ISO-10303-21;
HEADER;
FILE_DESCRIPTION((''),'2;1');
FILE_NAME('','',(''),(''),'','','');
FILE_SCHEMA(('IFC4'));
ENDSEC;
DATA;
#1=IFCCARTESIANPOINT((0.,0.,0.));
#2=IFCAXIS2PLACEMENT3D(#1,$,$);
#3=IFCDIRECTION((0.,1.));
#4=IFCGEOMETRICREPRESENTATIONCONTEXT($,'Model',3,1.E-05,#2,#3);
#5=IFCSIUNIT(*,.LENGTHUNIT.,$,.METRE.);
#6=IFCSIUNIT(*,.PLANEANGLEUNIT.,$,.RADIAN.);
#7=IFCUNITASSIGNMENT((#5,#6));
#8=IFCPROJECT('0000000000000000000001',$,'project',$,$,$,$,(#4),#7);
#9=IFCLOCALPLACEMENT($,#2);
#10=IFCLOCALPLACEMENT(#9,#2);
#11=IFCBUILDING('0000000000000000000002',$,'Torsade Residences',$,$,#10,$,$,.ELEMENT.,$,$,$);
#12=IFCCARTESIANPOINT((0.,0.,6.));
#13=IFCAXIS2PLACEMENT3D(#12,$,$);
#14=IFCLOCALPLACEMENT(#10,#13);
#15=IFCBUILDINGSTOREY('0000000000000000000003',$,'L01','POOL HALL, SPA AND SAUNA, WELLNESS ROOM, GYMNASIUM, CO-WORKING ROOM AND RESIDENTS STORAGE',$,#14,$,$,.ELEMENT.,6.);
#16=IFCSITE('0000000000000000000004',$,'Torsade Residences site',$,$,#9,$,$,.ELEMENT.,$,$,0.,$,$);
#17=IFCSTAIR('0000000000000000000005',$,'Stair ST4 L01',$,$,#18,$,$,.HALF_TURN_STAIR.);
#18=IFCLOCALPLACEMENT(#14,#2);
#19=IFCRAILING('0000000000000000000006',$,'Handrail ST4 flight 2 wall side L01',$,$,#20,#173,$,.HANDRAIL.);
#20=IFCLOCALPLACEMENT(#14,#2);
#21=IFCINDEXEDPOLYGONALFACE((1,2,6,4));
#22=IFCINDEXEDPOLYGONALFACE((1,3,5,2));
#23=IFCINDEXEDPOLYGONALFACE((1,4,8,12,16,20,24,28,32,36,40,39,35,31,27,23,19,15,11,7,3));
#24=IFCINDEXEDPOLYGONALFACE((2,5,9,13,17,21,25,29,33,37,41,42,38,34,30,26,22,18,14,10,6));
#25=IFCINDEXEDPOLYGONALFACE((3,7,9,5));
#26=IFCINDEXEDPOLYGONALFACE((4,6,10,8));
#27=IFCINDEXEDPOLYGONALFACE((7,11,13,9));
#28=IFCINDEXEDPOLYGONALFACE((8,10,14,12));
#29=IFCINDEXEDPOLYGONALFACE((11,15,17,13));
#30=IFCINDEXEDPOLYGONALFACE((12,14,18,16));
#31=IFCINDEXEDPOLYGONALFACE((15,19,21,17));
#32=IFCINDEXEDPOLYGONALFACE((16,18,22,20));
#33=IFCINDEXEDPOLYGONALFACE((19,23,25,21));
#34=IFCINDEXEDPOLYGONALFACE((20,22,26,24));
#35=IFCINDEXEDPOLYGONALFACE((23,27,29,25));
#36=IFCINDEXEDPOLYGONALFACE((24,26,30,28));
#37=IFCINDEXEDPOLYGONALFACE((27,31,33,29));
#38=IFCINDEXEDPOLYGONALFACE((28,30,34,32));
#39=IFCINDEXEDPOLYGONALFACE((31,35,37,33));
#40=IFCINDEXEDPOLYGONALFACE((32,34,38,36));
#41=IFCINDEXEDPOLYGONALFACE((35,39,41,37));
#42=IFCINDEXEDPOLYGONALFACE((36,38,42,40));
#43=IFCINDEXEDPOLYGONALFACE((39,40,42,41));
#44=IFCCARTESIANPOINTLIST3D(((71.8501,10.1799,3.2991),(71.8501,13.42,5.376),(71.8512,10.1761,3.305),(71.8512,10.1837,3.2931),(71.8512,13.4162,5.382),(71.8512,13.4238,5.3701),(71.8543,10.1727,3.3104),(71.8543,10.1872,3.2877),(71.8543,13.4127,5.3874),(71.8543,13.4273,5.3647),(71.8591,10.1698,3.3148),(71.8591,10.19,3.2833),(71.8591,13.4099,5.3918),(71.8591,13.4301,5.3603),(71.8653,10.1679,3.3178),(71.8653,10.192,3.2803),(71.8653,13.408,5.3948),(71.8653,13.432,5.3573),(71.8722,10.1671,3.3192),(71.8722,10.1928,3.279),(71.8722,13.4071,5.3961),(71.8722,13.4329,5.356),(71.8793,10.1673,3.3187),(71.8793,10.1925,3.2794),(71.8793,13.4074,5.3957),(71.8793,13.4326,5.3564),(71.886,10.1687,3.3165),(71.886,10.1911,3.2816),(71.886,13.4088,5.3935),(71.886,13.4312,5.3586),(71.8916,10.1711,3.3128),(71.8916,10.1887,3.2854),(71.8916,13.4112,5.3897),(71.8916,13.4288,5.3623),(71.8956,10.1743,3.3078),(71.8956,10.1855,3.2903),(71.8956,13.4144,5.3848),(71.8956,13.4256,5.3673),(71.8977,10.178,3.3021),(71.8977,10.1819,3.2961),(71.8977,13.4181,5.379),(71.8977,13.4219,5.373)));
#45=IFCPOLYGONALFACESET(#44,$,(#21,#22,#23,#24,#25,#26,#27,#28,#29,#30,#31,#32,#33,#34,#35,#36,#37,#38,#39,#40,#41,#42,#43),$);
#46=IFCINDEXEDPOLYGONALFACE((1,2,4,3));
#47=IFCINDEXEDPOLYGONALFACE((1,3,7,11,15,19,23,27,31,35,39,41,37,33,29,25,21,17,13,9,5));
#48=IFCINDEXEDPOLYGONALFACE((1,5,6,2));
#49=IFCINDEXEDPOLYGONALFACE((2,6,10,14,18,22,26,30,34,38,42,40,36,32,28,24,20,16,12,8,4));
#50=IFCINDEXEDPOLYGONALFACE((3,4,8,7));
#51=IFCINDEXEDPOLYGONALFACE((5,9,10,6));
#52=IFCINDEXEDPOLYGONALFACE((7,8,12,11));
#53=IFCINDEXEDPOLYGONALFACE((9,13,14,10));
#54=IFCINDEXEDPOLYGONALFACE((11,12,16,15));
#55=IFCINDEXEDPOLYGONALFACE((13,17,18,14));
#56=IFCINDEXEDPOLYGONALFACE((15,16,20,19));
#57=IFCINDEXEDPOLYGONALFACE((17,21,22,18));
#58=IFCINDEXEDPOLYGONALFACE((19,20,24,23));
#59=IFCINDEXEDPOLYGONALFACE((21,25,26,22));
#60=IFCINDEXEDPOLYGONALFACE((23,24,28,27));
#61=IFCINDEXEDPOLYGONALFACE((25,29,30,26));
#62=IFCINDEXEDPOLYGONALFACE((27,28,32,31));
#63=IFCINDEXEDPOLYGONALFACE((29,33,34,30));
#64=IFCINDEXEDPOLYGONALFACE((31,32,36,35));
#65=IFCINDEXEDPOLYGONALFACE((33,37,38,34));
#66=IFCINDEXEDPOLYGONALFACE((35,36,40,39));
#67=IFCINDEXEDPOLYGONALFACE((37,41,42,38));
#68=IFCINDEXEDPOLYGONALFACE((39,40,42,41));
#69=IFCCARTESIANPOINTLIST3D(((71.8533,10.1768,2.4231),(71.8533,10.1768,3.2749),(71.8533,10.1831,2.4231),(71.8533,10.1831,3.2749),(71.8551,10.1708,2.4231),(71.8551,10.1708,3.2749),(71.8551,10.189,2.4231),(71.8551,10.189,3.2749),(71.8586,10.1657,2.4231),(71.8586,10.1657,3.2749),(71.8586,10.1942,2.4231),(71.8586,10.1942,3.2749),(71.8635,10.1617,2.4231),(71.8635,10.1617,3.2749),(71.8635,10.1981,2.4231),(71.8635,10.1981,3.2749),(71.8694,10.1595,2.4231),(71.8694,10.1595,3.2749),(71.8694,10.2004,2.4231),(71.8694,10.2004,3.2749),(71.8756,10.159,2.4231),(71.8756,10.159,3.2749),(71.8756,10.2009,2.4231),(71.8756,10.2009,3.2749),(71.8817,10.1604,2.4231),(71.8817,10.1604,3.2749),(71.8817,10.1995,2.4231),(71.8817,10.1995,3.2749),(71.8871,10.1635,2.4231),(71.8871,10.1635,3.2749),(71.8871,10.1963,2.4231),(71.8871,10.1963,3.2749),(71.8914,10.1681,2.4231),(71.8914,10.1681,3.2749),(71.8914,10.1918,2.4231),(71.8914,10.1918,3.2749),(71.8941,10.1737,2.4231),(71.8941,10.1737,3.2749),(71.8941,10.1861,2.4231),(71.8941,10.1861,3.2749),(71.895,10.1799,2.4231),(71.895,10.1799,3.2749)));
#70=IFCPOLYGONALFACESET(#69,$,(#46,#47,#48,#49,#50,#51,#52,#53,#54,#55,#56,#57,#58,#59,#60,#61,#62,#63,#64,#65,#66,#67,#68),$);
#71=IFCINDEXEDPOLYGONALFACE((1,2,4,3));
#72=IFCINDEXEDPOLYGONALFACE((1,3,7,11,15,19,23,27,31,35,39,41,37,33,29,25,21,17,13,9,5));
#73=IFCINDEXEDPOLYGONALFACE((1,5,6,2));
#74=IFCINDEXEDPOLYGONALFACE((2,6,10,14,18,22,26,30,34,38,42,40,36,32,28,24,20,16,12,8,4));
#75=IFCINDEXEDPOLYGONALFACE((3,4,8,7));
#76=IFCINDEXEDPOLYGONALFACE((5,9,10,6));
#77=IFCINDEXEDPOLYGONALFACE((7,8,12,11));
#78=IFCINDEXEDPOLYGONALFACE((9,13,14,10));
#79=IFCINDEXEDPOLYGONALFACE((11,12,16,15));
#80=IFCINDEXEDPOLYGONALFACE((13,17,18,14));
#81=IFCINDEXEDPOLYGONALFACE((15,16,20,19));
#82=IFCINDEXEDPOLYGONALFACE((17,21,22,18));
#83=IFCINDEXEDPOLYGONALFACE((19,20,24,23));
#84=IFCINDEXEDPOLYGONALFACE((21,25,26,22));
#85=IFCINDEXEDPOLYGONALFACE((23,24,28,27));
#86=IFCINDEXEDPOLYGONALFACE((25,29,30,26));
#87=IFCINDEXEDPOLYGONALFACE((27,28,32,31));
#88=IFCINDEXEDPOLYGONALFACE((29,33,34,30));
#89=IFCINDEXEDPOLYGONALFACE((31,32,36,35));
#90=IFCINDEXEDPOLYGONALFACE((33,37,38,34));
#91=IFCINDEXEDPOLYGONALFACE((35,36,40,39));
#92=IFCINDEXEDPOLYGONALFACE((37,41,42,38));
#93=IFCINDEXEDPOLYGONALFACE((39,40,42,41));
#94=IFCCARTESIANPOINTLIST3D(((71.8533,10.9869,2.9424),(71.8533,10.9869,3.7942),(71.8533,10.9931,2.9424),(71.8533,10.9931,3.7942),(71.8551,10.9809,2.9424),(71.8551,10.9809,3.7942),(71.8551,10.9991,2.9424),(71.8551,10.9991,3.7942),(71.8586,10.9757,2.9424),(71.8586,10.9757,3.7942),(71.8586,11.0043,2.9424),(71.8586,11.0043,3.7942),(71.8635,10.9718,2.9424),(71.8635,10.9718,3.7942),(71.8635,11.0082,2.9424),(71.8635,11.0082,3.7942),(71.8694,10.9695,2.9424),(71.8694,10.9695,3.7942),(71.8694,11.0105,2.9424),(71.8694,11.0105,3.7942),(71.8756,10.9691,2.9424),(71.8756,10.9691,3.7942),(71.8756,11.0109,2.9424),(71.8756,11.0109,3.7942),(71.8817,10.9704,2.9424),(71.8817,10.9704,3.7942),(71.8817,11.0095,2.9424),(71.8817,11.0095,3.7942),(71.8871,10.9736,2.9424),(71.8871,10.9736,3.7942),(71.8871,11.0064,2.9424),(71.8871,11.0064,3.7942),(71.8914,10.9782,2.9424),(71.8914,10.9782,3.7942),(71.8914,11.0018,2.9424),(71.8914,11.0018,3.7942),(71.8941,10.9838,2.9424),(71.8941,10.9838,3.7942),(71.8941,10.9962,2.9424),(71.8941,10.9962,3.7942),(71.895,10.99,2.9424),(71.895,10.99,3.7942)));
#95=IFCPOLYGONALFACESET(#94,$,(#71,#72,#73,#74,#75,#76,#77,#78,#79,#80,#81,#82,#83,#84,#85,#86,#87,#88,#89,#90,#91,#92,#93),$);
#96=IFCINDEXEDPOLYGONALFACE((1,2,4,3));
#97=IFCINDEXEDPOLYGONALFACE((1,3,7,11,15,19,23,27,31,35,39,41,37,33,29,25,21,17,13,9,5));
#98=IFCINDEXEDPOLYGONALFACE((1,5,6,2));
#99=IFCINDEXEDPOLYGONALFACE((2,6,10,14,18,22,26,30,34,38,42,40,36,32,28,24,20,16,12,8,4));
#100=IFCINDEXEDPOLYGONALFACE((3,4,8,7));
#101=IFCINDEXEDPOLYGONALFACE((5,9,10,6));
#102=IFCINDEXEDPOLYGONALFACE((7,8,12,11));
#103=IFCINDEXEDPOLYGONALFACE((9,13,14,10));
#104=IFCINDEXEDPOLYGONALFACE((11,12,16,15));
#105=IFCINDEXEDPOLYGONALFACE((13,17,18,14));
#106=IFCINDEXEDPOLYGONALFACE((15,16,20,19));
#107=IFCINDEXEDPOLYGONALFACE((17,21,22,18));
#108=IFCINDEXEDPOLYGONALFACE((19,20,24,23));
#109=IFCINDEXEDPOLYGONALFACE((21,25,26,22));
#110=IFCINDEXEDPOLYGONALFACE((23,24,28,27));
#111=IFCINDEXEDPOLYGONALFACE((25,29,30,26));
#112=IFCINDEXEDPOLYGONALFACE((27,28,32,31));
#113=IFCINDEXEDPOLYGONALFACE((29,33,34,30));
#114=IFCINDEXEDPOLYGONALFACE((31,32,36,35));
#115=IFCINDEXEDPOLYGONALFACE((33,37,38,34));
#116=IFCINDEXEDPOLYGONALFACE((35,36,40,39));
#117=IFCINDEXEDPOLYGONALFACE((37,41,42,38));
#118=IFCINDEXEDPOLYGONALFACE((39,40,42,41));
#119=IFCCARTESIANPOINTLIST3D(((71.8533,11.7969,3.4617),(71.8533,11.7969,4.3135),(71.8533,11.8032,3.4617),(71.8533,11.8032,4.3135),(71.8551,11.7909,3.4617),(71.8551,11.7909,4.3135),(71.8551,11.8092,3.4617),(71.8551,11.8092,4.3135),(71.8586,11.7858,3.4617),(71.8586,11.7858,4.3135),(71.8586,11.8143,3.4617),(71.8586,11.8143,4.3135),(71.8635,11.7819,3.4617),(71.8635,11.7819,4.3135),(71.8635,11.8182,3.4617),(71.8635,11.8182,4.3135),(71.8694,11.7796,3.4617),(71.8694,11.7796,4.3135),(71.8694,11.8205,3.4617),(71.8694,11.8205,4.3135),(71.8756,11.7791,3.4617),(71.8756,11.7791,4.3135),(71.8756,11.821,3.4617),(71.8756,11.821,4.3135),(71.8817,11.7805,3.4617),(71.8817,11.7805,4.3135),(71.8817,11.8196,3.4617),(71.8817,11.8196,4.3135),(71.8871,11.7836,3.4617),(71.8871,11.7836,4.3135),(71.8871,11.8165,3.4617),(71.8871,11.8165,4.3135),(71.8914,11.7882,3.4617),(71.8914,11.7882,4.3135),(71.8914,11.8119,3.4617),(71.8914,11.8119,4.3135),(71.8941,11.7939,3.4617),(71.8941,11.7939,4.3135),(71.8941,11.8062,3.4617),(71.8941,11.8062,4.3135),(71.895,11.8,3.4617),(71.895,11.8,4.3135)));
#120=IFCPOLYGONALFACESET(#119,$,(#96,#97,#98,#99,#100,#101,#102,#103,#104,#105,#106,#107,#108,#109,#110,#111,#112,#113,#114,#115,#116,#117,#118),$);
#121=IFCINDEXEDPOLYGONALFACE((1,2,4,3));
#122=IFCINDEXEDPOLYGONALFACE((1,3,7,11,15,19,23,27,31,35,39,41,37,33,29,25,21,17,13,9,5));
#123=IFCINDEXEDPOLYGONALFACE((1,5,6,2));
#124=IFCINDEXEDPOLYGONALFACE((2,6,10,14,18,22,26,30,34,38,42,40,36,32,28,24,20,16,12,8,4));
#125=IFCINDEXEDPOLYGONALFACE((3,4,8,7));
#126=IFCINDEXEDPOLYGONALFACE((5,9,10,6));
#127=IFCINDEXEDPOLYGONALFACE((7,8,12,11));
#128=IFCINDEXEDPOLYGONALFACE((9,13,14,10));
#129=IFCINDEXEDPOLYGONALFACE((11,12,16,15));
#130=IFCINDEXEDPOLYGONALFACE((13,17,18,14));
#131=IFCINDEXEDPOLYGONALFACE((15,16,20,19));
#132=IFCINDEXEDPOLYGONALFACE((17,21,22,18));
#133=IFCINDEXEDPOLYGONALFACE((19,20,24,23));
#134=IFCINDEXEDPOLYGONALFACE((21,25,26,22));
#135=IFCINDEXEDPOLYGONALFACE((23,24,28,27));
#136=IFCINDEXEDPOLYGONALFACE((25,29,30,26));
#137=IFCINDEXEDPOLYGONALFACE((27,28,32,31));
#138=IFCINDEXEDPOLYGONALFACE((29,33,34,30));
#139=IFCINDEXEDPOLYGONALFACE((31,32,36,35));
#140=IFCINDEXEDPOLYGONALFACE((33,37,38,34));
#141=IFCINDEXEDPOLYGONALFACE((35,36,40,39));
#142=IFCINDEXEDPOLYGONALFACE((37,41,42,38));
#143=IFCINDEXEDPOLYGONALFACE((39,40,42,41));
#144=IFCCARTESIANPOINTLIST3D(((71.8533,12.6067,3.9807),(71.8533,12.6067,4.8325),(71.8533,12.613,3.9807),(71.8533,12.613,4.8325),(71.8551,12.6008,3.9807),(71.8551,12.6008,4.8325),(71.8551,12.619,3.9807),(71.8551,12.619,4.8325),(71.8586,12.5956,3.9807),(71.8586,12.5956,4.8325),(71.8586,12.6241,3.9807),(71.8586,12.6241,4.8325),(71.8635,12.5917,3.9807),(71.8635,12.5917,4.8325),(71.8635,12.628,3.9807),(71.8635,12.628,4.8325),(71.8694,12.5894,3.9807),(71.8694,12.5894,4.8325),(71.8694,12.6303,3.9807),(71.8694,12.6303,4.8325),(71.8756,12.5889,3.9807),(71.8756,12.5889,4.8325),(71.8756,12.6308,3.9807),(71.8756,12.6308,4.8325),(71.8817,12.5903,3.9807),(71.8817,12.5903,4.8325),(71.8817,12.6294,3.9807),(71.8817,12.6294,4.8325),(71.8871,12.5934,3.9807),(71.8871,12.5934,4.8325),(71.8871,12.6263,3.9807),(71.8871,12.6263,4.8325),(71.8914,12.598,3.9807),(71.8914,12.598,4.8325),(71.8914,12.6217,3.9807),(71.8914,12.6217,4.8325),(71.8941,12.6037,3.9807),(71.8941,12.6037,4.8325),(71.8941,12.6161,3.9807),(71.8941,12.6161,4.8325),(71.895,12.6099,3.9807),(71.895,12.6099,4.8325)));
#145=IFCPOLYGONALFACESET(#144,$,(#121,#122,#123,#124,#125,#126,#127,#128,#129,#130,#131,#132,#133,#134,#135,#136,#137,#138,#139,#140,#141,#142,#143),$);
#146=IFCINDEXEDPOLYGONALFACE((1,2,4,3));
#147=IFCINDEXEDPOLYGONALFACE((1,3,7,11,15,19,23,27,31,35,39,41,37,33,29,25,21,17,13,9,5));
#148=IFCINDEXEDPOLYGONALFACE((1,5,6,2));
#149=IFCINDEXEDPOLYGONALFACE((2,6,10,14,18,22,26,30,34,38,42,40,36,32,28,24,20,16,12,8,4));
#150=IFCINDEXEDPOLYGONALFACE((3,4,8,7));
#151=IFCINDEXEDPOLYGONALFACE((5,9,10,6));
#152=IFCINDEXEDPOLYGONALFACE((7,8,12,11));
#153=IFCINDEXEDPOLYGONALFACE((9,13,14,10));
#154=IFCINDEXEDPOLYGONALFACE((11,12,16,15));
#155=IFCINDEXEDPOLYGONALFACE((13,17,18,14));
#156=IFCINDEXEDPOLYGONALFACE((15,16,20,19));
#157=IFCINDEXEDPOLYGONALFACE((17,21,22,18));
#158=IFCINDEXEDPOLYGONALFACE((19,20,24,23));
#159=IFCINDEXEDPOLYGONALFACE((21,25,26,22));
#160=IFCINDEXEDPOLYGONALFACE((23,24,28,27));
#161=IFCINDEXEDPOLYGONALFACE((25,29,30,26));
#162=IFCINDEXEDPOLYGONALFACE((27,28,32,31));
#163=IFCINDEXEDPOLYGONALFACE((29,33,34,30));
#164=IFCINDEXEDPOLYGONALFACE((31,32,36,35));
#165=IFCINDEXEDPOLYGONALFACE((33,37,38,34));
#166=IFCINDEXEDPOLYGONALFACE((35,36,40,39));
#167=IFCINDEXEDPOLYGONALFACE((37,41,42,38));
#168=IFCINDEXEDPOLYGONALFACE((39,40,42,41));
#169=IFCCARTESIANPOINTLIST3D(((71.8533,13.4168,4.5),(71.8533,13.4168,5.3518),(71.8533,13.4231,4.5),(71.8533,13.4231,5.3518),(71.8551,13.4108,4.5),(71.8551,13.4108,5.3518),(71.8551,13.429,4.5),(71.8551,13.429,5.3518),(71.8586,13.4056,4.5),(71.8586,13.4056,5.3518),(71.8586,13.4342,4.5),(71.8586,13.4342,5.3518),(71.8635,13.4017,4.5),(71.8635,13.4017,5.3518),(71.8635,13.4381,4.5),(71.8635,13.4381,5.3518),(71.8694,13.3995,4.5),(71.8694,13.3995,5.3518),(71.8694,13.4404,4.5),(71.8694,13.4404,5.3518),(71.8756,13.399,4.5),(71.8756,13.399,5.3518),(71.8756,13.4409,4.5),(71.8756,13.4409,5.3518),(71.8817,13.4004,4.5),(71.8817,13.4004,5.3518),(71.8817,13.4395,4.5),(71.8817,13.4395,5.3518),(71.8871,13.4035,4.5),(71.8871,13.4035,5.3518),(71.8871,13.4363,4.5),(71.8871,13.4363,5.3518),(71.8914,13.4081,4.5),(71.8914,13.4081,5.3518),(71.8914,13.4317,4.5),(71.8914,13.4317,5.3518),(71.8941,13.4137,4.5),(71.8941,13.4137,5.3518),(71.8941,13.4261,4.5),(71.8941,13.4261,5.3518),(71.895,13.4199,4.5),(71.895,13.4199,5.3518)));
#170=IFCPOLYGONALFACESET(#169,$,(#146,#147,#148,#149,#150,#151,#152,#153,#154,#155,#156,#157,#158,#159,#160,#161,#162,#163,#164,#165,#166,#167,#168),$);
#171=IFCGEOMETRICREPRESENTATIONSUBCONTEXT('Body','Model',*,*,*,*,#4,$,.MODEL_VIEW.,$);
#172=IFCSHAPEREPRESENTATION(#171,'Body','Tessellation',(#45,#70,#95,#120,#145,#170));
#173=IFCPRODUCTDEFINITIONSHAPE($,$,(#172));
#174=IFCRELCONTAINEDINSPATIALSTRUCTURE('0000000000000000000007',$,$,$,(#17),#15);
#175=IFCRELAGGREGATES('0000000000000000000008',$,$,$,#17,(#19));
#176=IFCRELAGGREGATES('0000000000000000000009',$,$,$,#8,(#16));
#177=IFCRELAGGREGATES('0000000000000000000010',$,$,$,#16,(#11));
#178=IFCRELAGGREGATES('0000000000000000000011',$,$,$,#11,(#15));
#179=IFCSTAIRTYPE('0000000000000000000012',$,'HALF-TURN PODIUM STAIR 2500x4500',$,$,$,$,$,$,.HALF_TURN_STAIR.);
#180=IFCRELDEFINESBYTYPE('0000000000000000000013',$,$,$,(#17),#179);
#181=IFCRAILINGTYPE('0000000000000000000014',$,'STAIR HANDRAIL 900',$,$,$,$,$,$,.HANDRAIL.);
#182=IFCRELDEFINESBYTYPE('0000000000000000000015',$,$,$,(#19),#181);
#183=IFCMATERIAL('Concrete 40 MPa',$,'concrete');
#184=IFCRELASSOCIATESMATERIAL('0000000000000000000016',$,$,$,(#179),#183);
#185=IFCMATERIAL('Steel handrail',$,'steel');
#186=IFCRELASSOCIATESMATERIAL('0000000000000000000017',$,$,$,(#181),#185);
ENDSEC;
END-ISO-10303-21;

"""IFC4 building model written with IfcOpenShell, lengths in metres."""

from ifc_helpers import new_model, si_unit, direction, frame, origin, origin_2d, place, context, subcontext, project, spatial, circle, extrude, material, type_object, element, aggregate, save


model = new_model("IFC4")

# Units and contexts
model_context = context("Model", 3, precision=1e-05, world=origin(), true_north=direction((0.0, 1.0)))
body_context = subcontext(model_context, "Body", "Model", "MODEL_VIEW")
ifc_project = project(units=[si_unit("LENGTHUNIT", "METRE"), si_unit("PLANEANGLEUNIT", "RADIAN")], contexts=[model_context])

# Site, building, storey
site_placement = place(None, origin())
site = spatial("IfcSite", under=ifc_project, at=site_placement, Name="Torsade Residences site", CompositionType="ELEMENT", RefElevation=0.0)
building_placement = place(site_placement, origin())
building = spatial("IfcBuilding", under=site, at=building_placement, Name="Torsade Residences", CompositionType="ELEMENT")
storey_placement = place(building_placement, frame((0.0, 0.0, 6.0)))
storey = spatial("IfcBuildingStorey", under=building, at=storey_placement, Name="L01", Description="POOL HALL, SPA AND SAUNA, WELLNESS ROOM, GYMNASIUM, CO-WORKING ROOM AND RESIDENTS STORAGE", CompositionType="ELEMENT", Elevation=6.0)

# Stair, railing
ifc_material_1 = material(Name="Concrete 40 MPa", Category="concrete")
stair_type = type_object("IfcStairType", Name="HALF-TURN PODIUM STAIR 2500x4500", PredefinedType="HALF_TURN_STAIR", material=ifc_material_1)
stair_placement = place(storey_placement, origin())
stair = element("IfcStair", 1, at=stair_placement, inside=storey, type_object=stair_type, Name="Stair ST4 L01", PredefinedType="HALF_TURN_STAIR")
ifc_material_2 = material(Name="Steel handrail", Category="steel")
railing_type = type_object("IfcRailingType", Name="STAIR HANDRAIL 900", PredefinedType="HANDRAIL", material=ifc_material_2)
railing_1_placement = place(storey_placement, frame((71.874, 10.1799, 2.4231)))
railing_1 = element("IfcRailing", 2, at=railing_1_placement, type_object=railing_type, Name="Handrail ST4 flight 2 wall side L01", PredefinedType="HANDRAIL", context=body_context, shape_type="SweptSolid", body=[
    extrude(circle(Radius=0.0239, at=origin_2d()), frame((0.0, 0.0, 0.876), z_axis=(0.0, 0.841881, 0.539664), x_axis=(-1.0, 0.0, 0.0)), (0.0, 0.0, 1.0), 3.8486),
    extrude(circle(Radius=0.021, at=origin_2d()), origin(), (0.0, 0.0, 1.0), 0.8518),
    extrude(circle(Radius=0.021, at=origin_2d()), frame((0.0, 0.8101, 0.5193)), (0.0, 0.0, 1.0), 0.8518),
    extrude(circle(Radius=0.021, at=origin_2d()), frame((0.0, 1.6201, 1.0386)), (0.0, 0.0, 1.0), 0.8518),
    extrude(circle(Radius=0.021, at=origin_2d()), frame((0.0, 2.4299, 1.5576)), (0.0, 0.0, 1.0), 0.8518),
    extrude(circle(Radius=0.021, at=origin_2d()), frame((0.0, 3.24, 2.0769)), (0.0, 0.0, 1.0), 0.8518),
])
aggregate(stair, [railing_1])

save(model, "model.ifc")
